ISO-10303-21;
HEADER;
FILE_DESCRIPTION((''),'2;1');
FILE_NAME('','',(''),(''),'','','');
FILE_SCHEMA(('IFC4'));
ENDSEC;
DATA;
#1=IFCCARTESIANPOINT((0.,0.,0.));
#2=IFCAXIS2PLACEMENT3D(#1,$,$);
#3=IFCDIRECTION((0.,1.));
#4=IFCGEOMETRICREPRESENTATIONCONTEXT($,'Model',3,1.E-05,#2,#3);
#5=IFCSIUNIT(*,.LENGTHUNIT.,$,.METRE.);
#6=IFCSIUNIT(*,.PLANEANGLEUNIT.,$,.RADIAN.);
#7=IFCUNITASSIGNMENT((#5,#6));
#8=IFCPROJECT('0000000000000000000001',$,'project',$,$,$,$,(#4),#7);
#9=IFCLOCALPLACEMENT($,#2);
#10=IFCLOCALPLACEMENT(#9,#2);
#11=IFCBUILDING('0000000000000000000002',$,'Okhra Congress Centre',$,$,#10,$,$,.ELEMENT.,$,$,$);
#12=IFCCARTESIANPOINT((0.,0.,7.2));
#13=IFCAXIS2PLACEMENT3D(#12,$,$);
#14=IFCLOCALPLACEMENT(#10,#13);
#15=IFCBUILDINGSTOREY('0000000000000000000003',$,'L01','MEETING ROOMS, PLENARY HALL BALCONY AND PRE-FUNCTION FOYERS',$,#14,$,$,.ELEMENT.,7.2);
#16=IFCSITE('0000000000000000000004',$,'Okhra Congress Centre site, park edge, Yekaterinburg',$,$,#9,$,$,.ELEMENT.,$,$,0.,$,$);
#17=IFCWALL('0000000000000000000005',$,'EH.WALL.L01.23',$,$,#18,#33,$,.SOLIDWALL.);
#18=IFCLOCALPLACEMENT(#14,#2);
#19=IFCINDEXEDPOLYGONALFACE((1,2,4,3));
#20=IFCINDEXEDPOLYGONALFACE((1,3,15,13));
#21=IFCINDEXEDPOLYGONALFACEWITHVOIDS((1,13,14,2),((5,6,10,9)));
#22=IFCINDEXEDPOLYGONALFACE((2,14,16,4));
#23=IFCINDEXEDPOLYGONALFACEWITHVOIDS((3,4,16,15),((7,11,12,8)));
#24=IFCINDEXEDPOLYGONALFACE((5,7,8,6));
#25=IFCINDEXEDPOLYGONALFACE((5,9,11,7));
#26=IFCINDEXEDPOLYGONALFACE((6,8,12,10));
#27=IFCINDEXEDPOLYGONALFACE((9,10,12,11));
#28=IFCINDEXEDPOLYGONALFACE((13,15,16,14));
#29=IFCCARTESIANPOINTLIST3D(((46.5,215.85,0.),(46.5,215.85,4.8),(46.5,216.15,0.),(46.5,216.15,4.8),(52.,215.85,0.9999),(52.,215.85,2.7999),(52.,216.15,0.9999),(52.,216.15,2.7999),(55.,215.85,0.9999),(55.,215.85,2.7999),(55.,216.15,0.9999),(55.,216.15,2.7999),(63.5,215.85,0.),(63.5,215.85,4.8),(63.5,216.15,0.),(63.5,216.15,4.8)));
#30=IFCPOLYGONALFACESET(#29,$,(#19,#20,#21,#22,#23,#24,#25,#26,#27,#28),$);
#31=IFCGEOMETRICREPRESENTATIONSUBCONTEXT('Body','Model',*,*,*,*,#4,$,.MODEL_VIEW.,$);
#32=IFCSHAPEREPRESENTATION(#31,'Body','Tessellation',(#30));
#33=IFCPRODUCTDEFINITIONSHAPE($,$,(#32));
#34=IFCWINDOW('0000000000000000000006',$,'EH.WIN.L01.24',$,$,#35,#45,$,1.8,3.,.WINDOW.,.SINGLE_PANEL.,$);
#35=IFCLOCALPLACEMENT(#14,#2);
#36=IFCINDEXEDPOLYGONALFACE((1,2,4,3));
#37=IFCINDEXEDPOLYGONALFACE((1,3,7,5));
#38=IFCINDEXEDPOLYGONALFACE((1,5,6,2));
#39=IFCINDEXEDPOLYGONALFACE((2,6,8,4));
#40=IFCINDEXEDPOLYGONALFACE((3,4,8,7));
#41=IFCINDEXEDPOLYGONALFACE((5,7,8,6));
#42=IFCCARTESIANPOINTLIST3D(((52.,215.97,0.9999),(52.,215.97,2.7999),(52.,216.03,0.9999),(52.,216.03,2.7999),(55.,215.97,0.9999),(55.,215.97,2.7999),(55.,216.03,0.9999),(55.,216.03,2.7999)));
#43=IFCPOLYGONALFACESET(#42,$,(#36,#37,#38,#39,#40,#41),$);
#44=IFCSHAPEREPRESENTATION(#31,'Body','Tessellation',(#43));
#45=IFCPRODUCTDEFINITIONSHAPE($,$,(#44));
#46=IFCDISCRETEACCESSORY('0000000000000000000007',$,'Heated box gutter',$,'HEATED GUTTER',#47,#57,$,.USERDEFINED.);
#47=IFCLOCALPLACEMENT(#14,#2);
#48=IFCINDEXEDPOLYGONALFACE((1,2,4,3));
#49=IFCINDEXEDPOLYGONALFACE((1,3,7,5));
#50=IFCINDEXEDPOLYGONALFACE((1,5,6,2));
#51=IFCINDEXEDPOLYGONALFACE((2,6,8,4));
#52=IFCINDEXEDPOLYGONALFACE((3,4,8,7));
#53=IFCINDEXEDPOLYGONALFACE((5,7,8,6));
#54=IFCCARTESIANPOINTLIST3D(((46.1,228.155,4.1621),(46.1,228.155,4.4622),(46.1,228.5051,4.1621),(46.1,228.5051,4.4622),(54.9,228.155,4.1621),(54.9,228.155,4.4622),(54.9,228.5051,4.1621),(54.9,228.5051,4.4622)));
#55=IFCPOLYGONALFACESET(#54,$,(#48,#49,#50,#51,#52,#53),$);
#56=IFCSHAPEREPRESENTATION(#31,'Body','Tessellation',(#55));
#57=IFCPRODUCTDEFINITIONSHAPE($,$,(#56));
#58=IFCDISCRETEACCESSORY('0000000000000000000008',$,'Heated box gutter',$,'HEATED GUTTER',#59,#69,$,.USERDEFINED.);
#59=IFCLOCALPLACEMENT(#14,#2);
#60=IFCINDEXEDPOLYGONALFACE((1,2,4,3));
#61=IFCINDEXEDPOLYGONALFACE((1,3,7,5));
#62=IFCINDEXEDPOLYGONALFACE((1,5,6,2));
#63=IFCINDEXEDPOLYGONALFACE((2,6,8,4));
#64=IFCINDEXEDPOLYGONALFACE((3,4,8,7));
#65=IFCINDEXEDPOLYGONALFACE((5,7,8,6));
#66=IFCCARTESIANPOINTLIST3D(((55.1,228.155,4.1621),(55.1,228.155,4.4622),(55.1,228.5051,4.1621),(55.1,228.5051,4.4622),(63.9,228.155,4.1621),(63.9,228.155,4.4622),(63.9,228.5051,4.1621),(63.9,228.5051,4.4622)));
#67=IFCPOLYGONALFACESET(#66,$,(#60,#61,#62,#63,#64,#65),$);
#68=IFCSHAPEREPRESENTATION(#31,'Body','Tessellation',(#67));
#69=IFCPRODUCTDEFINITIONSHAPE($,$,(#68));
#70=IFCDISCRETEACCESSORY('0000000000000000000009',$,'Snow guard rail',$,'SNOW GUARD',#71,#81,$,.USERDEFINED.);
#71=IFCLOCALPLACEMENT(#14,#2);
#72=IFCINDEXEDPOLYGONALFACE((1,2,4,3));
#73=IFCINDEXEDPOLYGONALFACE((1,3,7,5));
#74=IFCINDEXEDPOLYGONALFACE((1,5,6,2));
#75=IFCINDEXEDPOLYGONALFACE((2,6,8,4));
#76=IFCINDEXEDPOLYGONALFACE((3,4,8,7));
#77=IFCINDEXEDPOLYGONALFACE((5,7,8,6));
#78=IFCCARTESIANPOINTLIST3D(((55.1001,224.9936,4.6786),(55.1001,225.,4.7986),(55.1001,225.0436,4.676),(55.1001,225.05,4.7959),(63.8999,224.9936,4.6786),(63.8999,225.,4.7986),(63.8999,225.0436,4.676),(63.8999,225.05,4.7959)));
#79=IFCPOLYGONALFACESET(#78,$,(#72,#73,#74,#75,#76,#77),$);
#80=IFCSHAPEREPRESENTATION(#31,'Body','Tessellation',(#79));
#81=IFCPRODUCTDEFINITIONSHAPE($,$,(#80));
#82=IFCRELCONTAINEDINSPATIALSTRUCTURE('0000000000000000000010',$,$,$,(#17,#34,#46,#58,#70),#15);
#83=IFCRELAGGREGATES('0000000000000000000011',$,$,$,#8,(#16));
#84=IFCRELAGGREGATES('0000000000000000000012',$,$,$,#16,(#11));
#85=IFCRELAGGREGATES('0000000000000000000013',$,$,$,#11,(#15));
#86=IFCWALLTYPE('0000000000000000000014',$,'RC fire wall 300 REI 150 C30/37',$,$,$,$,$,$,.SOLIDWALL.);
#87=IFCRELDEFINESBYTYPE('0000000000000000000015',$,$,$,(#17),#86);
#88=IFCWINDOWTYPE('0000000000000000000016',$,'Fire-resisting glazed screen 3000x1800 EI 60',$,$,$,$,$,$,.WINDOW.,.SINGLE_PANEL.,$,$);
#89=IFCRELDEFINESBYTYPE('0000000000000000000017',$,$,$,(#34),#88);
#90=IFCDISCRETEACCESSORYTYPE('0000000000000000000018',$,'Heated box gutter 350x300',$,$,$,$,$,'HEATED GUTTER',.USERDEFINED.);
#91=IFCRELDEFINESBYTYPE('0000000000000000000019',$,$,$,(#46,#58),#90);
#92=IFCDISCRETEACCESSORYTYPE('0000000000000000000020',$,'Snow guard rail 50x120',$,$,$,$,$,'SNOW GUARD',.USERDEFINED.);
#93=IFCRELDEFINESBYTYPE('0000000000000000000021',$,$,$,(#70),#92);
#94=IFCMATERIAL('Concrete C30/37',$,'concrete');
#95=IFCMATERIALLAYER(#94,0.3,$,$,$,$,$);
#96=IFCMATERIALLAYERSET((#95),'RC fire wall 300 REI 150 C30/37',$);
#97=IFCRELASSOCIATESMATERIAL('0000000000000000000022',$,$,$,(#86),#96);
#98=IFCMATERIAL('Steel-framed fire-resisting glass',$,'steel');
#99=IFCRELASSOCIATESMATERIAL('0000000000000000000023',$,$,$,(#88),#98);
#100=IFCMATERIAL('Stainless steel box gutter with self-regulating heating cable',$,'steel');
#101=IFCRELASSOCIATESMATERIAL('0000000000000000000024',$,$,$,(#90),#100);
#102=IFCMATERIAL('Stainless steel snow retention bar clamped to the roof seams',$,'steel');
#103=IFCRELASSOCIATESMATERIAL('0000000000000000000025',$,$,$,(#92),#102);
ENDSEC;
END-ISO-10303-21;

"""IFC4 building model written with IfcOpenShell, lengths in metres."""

from ifc_helpers import new_model, si_unit, direction, frame, frame_2d, origin, origin_2d, place, context, subcontext, project, spatial, polyline, rectangle, outline, extrude, material, layer, layer_set, type_object, element, fill, save


model = new_model("IFC4")

# Units and contexts
model_context = context("Model", 3, precision=1e-05, world=origin(), true_north=direction((0.0, 1.0)))
body_context = subcontext(model_context, "Body", "Model", "MODEL_VIEW")
ifc_project = project(units=[si_unit("LENGTHUNIT", "METRE"), si_unit("PLANEANGLEUNIT", "RADIAN")], contexts=[model_context])

# Site, building, storey
site_placement = place(None, origin())
site = spatial("IfcSite", under=ifc_project, at=site_placement, Name="Okhra Congress Centre site, park edge, Yekaterinburg", CompositionType="ELEMENT", RefElevation=0.0)
building_placement = place(site_placement, origin())
building = spatial("IfcBuilding", under=site, at=building_placement, Name="Okhra Congress Centre", CompositionType="ELEMENT")
storey_placement = place(building_placement, frame((0.0, 0.0, 7.2)))
storey = spatial("IfcBuildingStorey", under=building, at=storey_placement, Name="L01", Description="MEETING ROOMS, PLENARY HALL BALCONY AND PRE-FUNCTION FOYERS", CompositionType="ELEMENT", Elevation=7.2)

# Wall, opening, window
ifc_material_1 = material(Name="Concrete C30/37", Category="concrete")
ifc_layer_1 = layer(ifc_material_1, 0.3)
ifc_layer_set_1 = layer_set([ifc_layer_1], Name="RC fire wall 300 REI 150 C30/37")
wall_type_1 = type_object("IfcWallType", Name="RC fire wall 300 REI 150 C30/37", PredefinedType="SOLIDWALL", material=ifc_layer_set_1)
wall_1_placement = place(storey_placement, frame((46.5, 216.0, 0.0), z_axis=(0.0, 0.0, 1.0), x_axis=(1.0, 0.0, 0.0)))
wall_1 = element("IfcWall", 1, at=wall_1_placement, inside=storey, type_object=wall_type_1, Name="EH.WALL.L01.23", PredefinedType="SOLIDWALL", context=body_context, shape_type="SweptSolid", body=[
    extrude(rectangle(XDim=17.0, YDim=0.3, at=frame_2d((8.5, 0.0))), origin(), (0.0, 0.0, 1.0), 4.8),
])
opening_1_placement = place(wall_1_placement, frame((5.5, 0.0, 1.0)))
opening_1 = element("IfcOpeningElement", 2, at=opening_1_placement, cuts=wall_1, PredefinedType="OPENING", context=body_context, shape_type="SweptSolid", body=[
    extrude(rectangle(XDim=3.0, YDim=1.8, at=frame_2d((1.5, 0.8999))), frame((0.0, 0.1599, 0.0), z_axis=(0.0, -1.0, 0.0), x_axis=(1.0, 0.0, 0.0)), (0.0, 0.0, 1.0), 0.3201),
])
ifc_material_2 = material(Name="Steel-framed fire-resisting glass", Category="steel")
window_type_1 = type_object("IfcWindowType", Name="Fire-resisting glazed screen 3000x1800 EI 60", PartitioningType="SINGLE_PANEL", PredefinedType="WINDOW", material=ifc_material_2)
window_1_placement = place(opening_1_placement, origin())
window_1 = element("IfcWindow", 3, at=window_1_placement, inside=storey, type_object=window_type_1, Name="EH.WIN.L01.24", OverallHeight=1.8, OverallWidth=3.0, PartitioningType="SINGLE_PANEL", PredefinedType="WINDOW", context=body_context, shape_type="SweptSolid", body=[
    extrude(rectangle(XDim=3.0, YDim=1.8, at=frame_2d((1.5, 0.8999))), frame((0.0, 0.03, 0.0), z_axis=(0.0, -1.0, 0.0), x_axis=(1.0, 0.0, 0.0)), (0.0, 0.0, 1.0), 0.0601),
])
fill(opening_1, window_1)

# Discrete accessories
ifc_material_3 = material(Name="Stainless steel box gutter with self-regulating heating cable", Category="steel")
discrete_accessory_type_1 = type_object("IfcDiscreteAccessoryType", Name="Heated box gutter 350x300", ElementType="HEATED GUTTER", PredefinedType="USERDEFINED", material=ifc_material_3)
for number, where, z_axis, x_axis, name in (
    (4, (50.5, 228.3301, 4.1621), (0.0, 0.0, 1.0), (1.0, 0.0, 0.0), "Heated box gutter"),
    (5, (59.5, 228.3301, 4.1621), (0.0, 0.0, 1.0), (1.0, 0.0, 0.0), "Heated box gutter"),
):
    element("IfcDiscreteAccessory", number, at=place(storey_placement, frame(where, z_axis=z_axis, x_axis=x_axis)), inside=storey, type_object=discrete_accessory_type_1, Name=name, ObjectType="HEATED GUTTER", PredefinedType="USERDEFINED", context=body_context, shape_type="SweptSolid", body=[
        extrude(rectangle(XDim=8.8, YDim=0.3501, at=origin_2d()), origin(), (0.0, 0.0, 1.0), 0.3),
    ])
ifc_material_4 = material(Name="Stainless steel snow retention bar clamped to the roof seams", Category="steel")
discrete_accessory_type_2 = type_object("IfcDiscreteAccessoryType", Name="Snow guard rail 50x120", ElementType="SNOW GUARD", PredefinedType="USERDEFINED", material=ifc_material_4)
discrete_accessory_placement = place(storey_placement, frame((55.1001, 225.0, 4.7986), z_axis=(0.0, 0.053581, 0.998563), x_axis=(1.0, 0.0, 0.0)))
element("IfcDiscreteAccessory", 6, at=discrete_accessory_placement, inside=storey, type_object=discrete_accessory_type_2, Name="Snow guard rail", ObjectType="SNOW GUARD", PredefinedType="USERDEFINED", context=body_context, shape_type="SweptSolid", body=[
    extrude(outline(polyline([(0.0, 0.0), (8.7998, 0.0), (8.7998, 0.0501), (0.0, 0.0501), (0.0, 0.0)])), origin(), (0.0, 0.0, -1.0), 0.1201),
])

save(model, "model.ifc")
